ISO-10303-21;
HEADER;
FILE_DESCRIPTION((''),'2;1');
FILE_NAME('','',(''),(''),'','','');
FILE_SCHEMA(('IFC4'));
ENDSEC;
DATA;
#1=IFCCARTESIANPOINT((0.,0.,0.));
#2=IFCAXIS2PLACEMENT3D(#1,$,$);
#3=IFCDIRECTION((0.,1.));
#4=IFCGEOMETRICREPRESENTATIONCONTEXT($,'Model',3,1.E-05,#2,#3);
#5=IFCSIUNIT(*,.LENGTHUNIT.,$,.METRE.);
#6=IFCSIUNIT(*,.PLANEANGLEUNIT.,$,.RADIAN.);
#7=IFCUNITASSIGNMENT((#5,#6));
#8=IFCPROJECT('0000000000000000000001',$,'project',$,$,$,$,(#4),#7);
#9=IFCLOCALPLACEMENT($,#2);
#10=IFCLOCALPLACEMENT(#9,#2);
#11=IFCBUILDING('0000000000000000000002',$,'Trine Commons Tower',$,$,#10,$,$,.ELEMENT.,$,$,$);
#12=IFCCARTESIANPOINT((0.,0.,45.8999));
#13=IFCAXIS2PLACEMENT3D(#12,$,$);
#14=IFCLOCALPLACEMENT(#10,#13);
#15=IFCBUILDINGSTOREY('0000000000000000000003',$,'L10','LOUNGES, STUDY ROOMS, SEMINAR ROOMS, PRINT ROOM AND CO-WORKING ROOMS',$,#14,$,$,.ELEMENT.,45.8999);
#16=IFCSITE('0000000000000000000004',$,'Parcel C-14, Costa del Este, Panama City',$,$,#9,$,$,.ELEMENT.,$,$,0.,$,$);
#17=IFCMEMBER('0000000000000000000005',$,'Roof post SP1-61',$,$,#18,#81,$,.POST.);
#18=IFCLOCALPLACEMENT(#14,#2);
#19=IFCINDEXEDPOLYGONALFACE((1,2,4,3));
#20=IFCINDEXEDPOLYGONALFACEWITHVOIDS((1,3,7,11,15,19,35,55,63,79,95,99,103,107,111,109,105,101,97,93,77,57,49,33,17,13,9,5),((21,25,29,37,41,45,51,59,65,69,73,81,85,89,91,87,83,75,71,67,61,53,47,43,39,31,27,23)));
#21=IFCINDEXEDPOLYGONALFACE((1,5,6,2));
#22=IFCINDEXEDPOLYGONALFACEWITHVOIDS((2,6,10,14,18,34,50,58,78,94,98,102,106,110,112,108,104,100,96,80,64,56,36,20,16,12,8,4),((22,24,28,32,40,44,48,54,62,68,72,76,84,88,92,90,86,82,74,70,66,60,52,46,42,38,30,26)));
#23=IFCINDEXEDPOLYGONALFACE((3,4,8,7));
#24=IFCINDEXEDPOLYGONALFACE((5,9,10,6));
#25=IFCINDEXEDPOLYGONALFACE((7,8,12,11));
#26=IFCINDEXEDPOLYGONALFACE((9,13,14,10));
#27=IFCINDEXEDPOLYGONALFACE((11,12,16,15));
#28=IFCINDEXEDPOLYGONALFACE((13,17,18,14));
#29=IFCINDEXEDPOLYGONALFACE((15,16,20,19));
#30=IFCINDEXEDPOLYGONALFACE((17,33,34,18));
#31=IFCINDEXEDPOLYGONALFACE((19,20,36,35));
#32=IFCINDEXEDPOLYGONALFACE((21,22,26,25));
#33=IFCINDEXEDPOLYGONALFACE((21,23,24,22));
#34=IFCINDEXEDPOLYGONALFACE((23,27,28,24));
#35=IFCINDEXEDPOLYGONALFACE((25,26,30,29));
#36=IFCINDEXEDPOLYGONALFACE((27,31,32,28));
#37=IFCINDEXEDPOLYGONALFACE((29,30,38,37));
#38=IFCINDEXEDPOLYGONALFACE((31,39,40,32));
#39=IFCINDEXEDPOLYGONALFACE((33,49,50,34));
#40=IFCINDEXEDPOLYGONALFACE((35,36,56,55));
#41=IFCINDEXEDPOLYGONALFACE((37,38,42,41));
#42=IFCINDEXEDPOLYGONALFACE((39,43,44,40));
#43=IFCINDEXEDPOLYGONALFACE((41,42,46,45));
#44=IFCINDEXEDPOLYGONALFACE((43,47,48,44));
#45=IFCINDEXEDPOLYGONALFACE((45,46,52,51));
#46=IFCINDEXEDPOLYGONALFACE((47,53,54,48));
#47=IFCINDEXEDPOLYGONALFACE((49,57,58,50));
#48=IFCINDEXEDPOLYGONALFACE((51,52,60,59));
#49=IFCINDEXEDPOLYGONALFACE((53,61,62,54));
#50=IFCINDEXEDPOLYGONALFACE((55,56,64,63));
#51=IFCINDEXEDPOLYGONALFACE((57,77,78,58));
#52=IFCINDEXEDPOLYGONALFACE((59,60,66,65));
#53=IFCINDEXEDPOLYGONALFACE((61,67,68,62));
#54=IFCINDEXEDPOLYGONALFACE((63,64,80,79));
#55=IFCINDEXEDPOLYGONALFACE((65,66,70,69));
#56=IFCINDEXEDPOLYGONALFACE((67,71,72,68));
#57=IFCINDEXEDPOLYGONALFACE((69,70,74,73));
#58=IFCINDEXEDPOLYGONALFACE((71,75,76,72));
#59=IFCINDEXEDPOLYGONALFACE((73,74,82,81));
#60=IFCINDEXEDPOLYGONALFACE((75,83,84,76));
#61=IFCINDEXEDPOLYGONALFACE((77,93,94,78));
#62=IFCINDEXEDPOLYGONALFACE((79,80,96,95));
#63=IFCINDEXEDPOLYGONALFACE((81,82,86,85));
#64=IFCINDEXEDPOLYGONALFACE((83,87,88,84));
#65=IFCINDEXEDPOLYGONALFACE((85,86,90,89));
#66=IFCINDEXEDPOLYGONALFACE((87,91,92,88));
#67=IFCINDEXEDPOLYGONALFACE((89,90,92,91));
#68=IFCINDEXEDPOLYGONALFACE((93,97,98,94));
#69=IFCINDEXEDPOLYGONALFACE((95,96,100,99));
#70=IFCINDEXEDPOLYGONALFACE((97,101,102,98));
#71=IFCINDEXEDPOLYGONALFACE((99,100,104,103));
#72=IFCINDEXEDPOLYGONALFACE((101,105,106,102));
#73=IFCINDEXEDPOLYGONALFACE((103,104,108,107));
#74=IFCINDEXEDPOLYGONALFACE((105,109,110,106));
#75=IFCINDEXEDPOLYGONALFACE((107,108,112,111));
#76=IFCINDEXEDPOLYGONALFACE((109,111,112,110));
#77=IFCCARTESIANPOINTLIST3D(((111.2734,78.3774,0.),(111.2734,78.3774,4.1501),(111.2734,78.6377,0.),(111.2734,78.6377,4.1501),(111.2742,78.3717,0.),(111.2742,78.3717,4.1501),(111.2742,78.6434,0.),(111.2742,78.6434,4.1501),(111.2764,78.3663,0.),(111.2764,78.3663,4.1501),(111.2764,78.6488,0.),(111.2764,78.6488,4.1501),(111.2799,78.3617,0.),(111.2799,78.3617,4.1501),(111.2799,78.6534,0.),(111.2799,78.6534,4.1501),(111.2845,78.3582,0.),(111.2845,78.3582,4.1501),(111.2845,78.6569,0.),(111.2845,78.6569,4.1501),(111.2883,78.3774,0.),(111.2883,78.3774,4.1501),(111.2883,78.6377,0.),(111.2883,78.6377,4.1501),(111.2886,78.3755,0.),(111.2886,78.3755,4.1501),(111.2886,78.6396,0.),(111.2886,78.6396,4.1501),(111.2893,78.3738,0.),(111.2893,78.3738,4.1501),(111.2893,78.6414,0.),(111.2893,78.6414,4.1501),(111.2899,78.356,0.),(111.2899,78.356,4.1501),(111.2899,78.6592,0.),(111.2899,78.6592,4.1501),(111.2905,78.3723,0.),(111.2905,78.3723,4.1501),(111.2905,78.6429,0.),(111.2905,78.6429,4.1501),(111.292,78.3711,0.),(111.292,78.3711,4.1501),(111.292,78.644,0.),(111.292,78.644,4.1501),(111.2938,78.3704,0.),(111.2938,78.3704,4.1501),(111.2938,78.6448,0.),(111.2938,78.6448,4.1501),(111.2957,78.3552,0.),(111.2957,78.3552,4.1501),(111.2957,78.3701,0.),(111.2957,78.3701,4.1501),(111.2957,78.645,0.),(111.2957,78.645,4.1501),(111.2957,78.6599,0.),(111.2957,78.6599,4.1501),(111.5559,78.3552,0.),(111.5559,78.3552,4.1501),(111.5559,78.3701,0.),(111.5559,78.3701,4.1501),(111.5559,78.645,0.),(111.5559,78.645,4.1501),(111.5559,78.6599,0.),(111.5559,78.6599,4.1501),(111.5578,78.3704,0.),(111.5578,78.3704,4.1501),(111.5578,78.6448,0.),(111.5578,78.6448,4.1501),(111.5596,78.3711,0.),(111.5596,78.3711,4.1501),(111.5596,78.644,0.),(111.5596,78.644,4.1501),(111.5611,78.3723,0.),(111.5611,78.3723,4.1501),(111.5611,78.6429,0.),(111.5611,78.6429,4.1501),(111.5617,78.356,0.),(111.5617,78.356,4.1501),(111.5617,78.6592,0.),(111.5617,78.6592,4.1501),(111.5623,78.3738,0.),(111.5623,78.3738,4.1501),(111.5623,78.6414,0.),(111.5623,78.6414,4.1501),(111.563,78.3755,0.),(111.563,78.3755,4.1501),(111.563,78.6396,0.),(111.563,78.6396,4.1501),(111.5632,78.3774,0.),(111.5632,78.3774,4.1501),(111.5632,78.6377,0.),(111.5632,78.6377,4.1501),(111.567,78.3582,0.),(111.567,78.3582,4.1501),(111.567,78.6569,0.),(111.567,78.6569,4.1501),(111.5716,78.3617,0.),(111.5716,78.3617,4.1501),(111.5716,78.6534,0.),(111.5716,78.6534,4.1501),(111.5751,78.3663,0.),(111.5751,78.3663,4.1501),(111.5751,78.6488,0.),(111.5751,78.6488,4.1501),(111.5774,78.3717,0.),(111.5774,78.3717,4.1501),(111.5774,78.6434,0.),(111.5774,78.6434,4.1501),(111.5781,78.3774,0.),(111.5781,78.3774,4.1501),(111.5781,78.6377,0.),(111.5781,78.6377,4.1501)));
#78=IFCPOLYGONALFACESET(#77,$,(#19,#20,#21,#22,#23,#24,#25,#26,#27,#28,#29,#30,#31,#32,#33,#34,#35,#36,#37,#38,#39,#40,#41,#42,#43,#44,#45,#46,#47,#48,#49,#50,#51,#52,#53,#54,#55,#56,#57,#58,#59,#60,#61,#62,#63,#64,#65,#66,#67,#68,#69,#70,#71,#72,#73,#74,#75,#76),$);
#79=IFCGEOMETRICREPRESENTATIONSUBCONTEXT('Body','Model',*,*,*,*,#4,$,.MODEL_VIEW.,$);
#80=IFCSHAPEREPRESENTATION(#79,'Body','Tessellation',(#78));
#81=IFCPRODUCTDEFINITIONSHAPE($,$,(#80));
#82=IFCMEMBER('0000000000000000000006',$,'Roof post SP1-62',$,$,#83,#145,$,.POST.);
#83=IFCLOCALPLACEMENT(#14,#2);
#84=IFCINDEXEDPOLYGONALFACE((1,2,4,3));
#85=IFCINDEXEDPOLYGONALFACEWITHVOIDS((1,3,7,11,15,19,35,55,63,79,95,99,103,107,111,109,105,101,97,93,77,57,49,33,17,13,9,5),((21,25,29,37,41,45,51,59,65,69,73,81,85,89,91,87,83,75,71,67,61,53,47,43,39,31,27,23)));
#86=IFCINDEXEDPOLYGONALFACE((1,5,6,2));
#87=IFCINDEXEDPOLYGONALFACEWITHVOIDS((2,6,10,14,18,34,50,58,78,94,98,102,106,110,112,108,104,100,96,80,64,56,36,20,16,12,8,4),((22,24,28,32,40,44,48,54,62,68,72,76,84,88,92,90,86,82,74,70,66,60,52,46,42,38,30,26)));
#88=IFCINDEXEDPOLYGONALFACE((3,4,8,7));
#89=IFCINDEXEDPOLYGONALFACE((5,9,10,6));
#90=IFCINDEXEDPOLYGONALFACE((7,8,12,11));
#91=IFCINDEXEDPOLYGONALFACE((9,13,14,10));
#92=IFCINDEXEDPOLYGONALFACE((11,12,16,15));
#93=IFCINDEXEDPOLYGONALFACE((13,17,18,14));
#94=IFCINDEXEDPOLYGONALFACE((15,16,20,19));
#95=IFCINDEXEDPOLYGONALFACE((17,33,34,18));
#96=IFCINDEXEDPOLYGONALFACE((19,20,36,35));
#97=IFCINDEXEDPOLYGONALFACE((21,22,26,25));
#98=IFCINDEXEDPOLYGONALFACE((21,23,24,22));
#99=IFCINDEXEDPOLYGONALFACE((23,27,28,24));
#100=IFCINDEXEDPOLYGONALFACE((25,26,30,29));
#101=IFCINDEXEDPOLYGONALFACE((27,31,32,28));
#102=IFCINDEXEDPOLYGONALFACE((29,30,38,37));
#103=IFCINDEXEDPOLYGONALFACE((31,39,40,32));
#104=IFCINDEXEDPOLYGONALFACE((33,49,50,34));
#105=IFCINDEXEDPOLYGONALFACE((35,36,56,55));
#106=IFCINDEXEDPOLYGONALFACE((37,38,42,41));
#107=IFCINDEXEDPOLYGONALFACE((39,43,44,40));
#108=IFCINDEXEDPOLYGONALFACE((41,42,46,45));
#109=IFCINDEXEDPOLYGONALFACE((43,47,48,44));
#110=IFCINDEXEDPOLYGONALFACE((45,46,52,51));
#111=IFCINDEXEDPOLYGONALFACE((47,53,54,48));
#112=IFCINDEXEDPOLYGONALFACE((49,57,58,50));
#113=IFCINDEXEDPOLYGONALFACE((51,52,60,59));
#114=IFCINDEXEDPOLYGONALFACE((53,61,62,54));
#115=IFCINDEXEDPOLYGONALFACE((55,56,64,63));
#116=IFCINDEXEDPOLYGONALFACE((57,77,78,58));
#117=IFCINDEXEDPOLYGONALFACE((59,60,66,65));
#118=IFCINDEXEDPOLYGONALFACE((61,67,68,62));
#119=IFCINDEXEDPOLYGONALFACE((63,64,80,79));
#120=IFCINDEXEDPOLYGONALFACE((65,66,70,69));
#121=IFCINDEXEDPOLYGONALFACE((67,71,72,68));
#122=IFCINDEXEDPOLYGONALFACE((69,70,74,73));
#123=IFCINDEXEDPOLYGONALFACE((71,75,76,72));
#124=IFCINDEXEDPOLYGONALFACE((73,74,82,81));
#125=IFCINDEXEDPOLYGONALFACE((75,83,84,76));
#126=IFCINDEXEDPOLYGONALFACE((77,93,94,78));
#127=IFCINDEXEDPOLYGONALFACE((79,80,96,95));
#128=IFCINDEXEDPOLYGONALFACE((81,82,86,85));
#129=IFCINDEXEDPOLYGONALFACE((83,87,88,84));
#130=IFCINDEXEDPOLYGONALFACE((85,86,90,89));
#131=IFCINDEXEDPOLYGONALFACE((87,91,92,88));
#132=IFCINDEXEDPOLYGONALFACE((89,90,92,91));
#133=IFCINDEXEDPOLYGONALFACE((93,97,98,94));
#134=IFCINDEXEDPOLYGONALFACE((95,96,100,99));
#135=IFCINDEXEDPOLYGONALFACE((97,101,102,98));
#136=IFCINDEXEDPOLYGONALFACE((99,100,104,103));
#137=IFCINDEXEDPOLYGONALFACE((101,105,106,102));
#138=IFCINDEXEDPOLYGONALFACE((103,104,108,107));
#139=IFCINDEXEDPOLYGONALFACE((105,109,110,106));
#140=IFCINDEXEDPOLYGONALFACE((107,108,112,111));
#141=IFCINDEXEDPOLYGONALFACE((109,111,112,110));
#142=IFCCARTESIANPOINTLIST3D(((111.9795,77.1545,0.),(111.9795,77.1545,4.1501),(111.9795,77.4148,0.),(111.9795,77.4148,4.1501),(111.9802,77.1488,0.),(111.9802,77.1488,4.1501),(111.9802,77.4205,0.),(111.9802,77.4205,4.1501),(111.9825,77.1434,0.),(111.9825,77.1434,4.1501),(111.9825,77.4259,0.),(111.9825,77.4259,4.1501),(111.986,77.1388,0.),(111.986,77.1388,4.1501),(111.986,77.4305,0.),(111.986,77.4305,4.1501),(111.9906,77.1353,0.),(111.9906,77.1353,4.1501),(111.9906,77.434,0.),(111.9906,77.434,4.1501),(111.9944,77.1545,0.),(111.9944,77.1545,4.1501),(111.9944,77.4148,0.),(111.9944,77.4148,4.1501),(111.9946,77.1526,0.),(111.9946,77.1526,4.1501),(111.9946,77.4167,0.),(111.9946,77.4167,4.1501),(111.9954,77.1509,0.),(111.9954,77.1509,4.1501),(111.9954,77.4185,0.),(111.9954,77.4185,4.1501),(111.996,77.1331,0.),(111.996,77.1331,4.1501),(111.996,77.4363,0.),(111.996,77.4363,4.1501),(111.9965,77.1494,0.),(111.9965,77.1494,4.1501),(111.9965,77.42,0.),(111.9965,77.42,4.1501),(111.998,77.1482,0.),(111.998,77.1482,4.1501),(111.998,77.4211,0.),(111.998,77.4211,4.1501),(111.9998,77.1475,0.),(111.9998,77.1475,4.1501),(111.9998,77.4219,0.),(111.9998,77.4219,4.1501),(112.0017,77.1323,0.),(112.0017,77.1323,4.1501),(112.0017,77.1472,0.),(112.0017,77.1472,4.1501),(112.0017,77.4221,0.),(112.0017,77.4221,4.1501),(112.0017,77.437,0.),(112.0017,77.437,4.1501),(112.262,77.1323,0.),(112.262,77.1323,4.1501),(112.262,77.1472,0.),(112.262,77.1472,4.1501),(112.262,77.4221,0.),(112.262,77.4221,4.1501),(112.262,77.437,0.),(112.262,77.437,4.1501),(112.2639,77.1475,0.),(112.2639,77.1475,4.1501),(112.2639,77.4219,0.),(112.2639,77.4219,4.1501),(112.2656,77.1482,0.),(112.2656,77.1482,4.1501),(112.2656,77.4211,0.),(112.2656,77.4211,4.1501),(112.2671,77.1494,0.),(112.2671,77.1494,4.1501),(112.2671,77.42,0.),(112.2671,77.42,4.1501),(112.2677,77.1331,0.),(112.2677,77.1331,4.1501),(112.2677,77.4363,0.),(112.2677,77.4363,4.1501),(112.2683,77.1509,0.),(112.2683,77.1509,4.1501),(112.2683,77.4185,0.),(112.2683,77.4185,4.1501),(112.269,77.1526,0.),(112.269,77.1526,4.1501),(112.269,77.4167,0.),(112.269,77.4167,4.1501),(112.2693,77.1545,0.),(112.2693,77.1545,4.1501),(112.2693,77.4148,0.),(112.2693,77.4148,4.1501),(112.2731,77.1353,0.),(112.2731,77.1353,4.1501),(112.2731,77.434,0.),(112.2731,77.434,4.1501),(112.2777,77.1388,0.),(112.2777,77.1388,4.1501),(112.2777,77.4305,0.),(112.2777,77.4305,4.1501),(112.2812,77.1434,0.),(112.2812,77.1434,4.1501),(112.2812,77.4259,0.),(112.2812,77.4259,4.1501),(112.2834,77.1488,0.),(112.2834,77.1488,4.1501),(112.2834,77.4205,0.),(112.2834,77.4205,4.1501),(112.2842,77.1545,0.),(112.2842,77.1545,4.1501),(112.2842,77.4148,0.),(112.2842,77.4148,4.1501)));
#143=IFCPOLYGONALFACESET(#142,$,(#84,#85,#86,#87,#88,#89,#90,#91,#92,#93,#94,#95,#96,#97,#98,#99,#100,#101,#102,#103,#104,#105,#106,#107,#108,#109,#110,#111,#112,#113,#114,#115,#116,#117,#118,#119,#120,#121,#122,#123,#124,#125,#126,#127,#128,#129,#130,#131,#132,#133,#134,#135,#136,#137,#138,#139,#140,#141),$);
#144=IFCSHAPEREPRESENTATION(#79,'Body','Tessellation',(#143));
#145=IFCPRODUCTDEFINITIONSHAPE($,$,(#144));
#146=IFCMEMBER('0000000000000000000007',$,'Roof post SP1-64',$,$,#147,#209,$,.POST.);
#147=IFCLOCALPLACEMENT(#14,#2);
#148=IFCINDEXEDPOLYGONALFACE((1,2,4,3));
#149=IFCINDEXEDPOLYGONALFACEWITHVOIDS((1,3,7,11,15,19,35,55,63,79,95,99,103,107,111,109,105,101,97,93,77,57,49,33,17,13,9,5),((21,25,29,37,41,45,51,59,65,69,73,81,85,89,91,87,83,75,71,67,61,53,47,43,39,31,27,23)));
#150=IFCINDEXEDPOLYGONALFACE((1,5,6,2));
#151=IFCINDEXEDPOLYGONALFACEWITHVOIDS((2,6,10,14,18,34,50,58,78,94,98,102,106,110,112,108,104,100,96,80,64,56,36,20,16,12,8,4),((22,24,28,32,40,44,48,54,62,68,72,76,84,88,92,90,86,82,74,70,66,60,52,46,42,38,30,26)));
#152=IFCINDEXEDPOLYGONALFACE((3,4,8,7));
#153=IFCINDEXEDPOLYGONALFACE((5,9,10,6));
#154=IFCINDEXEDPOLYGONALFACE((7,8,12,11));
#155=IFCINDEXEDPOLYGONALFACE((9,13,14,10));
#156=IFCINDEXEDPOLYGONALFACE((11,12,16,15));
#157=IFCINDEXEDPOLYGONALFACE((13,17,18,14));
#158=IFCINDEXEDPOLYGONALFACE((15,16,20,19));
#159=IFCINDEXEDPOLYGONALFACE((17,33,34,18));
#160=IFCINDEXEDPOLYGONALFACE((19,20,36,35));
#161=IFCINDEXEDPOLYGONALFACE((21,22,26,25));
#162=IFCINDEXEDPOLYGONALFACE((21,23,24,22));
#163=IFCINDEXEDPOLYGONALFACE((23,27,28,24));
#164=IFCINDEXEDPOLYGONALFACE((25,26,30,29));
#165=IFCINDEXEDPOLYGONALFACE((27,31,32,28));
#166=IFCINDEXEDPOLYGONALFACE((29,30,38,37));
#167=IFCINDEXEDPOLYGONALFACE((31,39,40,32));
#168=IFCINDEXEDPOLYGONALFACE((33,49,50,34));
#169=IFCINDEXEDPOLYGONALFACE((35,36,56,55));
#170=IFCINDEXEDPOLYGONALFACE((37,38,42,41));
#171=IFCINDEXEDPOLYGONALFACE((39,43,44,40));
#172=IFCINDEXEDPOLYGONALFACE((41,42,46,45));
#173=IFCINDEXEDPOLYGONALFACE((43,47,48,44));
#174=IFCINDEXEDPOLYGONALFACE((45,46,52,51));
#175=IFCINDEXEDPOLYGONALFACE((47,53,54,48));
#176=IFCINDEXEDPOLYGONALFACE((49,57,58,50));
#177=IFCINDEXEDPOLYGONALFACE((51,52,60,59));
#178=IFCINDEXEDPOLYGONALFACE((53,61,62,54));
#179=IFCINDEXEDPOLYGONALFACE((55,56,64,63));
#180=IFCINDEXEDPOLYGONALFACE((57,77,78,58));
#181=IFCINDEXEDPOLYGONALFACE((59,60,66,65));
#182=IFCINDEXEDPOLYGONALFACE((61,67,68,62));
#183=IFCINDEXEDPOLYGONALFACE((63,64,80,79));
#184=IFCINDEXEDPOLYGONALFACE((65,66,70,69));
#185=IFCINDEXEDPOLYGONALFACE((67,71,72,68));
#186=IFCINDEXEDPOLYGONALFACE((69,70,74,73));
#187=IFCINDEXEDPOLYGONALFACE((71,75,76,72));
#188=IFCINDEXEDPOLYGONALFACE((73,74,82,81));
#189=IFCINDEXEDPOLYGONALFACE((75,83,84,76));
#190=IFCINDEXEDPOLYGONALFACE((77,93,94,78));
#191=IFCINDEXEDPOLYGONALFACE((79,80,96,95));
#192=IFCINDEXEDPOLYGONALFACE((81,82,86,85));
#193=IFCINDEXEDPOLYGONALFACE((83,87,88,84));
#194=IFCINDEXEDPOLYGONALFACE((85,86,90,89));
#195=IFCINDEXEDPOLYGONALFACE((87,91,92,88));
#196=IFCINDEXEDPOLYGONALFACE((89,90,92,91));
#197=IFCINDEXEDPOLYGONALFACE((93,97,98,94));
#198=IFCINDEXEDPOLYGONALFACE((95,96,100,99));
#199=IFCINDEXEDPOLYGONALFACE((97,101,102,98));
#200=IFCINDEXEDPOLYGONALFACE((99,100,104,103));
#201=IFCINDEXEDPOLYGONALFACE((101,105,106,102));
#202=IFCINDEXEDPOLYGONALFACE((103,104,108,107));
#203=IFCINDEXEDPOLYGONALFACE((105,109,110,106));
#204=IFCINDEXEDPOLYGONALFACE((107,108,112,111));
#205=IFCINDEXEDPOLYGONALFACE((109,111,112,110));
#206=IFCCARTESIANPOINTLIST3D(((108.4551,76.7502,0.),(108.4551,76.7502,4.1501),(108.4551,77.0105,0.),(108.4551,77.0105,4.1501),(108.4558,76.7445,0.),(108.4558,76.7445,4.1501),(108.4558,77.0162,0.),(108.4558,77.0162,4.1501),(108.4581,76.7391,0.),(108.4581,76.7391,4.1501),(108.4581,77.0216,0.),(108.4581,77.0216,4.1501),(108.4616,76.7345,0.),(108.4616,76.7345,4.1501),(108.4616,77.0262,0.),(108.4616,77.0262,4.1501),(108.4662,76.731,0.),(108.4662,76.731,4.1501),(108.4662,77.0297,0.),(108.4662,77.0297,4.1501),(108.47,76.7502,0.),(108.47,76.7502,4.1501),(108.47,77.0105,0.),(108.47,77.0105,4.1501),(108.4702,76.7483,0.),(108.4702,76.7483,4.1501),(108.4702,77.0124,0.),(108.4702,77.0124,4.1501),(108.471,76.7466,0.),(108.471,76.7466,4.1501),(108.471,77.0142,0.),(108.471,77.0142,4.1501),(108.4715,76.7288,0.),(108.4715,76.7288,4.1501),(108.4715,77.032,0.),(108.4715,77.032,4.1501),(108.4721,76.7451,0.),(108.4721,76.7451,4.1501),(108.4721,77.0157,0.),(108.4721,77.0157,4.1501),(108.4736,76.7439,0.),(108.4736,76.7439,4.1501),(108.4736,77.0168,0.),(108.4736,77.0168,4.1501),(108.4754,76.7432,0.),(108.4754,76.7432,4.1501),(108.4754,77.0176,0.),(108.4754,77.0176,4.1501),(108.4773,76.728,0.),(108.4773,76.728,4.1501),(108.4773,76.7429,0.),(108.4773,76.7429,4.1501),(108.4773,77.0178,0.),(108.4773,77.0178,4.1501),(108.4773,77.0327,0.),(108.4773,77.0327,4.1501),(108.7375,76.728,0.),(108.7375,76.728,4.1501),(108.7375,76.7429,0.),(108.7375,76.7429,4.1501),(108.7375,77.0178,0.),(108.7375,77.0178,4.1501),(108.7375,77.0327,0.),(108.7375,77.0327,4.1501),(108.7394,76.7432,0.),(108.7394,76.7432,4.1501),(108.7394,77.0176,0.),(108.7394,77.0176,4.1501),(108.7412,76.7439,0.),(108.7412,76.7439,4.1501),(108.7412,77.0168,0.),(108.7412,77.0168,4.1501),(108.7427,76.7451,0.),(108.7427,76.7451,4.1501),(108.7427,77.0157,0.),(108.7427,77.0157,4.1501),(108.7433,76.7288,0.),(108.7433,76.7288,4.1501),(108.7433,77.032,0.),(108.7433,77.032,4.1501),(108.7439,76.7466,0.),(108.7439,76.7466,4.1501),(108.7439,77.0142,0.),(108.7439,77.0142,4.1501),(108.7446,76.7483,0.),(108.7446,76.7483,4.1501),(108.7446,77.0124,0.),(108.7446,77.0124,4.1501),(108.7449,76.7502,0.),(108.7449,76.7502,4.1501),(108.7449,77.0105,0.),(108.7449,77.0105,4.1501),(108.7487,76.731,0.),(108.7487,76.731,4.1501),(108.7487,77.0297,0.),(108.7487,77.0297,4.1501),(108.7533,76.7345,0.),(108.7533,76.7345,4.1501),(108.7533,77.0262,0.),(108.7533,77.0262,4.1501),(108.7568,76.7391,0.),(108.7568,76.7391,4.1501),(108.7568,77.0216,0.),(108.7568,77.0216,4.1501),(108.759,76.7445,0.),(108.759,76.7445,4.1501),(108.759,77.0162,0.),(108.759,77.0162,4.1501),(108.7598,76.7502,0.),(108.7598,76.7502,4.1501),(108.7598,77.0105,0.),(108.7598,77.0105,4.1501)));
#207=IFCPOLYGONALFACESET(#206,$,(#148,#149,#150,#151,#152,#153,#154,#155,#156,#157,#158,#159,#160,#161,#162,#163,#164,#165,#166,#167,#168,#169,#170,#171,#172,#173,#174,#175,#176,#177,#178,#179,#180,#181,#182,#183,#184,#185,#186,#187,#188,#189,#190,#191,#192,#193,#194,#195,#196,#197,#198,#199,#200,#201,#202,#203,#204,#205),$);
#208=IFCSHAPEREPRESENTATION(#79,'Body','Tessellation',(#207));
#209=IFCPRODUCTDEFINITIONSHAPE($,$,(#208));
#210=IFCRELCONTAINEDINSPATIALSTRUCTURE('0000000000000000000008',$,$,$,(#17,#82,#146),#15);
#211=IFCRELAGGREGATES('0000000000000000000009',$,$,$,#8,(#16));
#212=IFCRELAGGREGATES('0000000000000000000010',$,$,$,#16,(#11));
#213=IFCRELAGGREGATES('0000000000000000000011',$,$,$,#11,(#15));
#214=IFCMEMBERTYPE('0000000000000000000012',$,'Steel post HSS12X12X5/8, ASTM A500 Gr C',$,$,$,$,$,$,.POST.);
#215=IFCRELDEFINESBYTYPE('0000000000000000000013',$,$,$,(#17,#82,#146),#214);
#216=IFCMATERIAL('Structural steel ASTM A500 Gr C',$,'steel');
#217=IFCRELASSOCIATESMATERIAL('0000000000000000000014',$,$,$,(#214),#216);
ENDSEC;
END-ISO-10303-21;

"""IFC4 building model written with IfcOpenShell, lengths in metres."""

from ifc_helpers import new_model, si_unit, direction, frame, origin, origin_2d, place, context, subcontext, project, spatial, hollow_rectangle, extrude, material, material_profile, profile_set, type_object, element, save


model = new_model("IFC4")

# Units and contexts
model_context = context("Model", 3, precision=1e-05, world=origin(), true_north=direction((0.0, 1.0)))
body_context = subcontext(model_context, "Body", "Model", "MODEL_VIEW")
ifc_project = project(units=[si_unit("LENGTHUNIT", "METRE"), si_unit("PLANEANGLEUNIT", "RADIAN")], contexts=[model_context])

# Site, building, storey
site_placement = place(None, origin())
site = spatial("IfcSite", under=ifc_project, at=site_placement, Name="Parcel C-14, Costa del Este, Panama City", CompositionType="ELEMENT", RefElevation=0.0)
building_placement = place(site_placement, origin())
building = spatial("IfcBuilding", under=site, at=building_placement, Name="Trine Commons Tower", CompositionType="ELEMENT")
storey_placement = place(building_placement, frame((0.0, 0.0, 45.8999)))
storey = spatial("IfcBuildingStorey", under=building, at=storey_placement, Name="L10", Description="LOUNGES, STUDY ROOMS, SEMINAR ROOMS, PRINT ROOM AND CO-WORKING ROOMS", CompositionType="ELEMENT", Elevation=45.8999)

# Members
ifc_material_1 = material(Name="Structural steel ASTM A500 Gr C", Category="steel")
ifc_material_profile_1 = material_profile(ifc_material_1, hollow_rectangle(XDim=0.3047, YDim=0.3047, WallThickness=0.0149, InnerFilletRadius=0.0073, OuterFilletRadius=0.0222, at=origin_2d()), Name="HSS12X12X5/8")
ifc_profile_set_1 = profile_set([ifc_material_profile_1], Name="Structural steel ASTM A500 Gr C")
member_type_1 = type_object("IfcMemberType", Name="Steel post HSS12X12X5/8, ASTM A500 Gr C", PredefinedType="POST", material=ifc_profile_set_1)
for number, where, z_axis, x_axis, name in (
    (1, (111.4258, 78.5076, 0.0), (0.0, 0.0, 1.0), (1.0, 0.0, 0.0), "Roof post SP1-61"),
    (2, (112.1318, 77.2847, 0.0), (0.0, 0.0, 1.0), (1.0, 0.0, 0.0), "Roof post SP1-62"),
    (3, (108.6074, 76.8804, 0.0), (0.0, 0.0, 1.0), (1.0, 0.0, 0.0), "Roof post SP1-64"),
):
    element("IfcMember", number, at=place(storey_placement, frame(where, z_axis=z_axis, x_axis=x_axis)), inside=storey, type_object=member_type_1, Name=name, PredefinedType="POST", context=body_context, shape_type="SweptSolid", body=[
        extrude(hollow_rectangle(XDim=0.3047, YDim=0.3047, WallThickness=0.0149, InnerFilletRadius=0.0073, OuterFilletRadius=0.0222, at=origin_2d()), origin(), (0.0, 0.0, 1.0), 4.1501),
    ])

save(model, "model.ifc")
